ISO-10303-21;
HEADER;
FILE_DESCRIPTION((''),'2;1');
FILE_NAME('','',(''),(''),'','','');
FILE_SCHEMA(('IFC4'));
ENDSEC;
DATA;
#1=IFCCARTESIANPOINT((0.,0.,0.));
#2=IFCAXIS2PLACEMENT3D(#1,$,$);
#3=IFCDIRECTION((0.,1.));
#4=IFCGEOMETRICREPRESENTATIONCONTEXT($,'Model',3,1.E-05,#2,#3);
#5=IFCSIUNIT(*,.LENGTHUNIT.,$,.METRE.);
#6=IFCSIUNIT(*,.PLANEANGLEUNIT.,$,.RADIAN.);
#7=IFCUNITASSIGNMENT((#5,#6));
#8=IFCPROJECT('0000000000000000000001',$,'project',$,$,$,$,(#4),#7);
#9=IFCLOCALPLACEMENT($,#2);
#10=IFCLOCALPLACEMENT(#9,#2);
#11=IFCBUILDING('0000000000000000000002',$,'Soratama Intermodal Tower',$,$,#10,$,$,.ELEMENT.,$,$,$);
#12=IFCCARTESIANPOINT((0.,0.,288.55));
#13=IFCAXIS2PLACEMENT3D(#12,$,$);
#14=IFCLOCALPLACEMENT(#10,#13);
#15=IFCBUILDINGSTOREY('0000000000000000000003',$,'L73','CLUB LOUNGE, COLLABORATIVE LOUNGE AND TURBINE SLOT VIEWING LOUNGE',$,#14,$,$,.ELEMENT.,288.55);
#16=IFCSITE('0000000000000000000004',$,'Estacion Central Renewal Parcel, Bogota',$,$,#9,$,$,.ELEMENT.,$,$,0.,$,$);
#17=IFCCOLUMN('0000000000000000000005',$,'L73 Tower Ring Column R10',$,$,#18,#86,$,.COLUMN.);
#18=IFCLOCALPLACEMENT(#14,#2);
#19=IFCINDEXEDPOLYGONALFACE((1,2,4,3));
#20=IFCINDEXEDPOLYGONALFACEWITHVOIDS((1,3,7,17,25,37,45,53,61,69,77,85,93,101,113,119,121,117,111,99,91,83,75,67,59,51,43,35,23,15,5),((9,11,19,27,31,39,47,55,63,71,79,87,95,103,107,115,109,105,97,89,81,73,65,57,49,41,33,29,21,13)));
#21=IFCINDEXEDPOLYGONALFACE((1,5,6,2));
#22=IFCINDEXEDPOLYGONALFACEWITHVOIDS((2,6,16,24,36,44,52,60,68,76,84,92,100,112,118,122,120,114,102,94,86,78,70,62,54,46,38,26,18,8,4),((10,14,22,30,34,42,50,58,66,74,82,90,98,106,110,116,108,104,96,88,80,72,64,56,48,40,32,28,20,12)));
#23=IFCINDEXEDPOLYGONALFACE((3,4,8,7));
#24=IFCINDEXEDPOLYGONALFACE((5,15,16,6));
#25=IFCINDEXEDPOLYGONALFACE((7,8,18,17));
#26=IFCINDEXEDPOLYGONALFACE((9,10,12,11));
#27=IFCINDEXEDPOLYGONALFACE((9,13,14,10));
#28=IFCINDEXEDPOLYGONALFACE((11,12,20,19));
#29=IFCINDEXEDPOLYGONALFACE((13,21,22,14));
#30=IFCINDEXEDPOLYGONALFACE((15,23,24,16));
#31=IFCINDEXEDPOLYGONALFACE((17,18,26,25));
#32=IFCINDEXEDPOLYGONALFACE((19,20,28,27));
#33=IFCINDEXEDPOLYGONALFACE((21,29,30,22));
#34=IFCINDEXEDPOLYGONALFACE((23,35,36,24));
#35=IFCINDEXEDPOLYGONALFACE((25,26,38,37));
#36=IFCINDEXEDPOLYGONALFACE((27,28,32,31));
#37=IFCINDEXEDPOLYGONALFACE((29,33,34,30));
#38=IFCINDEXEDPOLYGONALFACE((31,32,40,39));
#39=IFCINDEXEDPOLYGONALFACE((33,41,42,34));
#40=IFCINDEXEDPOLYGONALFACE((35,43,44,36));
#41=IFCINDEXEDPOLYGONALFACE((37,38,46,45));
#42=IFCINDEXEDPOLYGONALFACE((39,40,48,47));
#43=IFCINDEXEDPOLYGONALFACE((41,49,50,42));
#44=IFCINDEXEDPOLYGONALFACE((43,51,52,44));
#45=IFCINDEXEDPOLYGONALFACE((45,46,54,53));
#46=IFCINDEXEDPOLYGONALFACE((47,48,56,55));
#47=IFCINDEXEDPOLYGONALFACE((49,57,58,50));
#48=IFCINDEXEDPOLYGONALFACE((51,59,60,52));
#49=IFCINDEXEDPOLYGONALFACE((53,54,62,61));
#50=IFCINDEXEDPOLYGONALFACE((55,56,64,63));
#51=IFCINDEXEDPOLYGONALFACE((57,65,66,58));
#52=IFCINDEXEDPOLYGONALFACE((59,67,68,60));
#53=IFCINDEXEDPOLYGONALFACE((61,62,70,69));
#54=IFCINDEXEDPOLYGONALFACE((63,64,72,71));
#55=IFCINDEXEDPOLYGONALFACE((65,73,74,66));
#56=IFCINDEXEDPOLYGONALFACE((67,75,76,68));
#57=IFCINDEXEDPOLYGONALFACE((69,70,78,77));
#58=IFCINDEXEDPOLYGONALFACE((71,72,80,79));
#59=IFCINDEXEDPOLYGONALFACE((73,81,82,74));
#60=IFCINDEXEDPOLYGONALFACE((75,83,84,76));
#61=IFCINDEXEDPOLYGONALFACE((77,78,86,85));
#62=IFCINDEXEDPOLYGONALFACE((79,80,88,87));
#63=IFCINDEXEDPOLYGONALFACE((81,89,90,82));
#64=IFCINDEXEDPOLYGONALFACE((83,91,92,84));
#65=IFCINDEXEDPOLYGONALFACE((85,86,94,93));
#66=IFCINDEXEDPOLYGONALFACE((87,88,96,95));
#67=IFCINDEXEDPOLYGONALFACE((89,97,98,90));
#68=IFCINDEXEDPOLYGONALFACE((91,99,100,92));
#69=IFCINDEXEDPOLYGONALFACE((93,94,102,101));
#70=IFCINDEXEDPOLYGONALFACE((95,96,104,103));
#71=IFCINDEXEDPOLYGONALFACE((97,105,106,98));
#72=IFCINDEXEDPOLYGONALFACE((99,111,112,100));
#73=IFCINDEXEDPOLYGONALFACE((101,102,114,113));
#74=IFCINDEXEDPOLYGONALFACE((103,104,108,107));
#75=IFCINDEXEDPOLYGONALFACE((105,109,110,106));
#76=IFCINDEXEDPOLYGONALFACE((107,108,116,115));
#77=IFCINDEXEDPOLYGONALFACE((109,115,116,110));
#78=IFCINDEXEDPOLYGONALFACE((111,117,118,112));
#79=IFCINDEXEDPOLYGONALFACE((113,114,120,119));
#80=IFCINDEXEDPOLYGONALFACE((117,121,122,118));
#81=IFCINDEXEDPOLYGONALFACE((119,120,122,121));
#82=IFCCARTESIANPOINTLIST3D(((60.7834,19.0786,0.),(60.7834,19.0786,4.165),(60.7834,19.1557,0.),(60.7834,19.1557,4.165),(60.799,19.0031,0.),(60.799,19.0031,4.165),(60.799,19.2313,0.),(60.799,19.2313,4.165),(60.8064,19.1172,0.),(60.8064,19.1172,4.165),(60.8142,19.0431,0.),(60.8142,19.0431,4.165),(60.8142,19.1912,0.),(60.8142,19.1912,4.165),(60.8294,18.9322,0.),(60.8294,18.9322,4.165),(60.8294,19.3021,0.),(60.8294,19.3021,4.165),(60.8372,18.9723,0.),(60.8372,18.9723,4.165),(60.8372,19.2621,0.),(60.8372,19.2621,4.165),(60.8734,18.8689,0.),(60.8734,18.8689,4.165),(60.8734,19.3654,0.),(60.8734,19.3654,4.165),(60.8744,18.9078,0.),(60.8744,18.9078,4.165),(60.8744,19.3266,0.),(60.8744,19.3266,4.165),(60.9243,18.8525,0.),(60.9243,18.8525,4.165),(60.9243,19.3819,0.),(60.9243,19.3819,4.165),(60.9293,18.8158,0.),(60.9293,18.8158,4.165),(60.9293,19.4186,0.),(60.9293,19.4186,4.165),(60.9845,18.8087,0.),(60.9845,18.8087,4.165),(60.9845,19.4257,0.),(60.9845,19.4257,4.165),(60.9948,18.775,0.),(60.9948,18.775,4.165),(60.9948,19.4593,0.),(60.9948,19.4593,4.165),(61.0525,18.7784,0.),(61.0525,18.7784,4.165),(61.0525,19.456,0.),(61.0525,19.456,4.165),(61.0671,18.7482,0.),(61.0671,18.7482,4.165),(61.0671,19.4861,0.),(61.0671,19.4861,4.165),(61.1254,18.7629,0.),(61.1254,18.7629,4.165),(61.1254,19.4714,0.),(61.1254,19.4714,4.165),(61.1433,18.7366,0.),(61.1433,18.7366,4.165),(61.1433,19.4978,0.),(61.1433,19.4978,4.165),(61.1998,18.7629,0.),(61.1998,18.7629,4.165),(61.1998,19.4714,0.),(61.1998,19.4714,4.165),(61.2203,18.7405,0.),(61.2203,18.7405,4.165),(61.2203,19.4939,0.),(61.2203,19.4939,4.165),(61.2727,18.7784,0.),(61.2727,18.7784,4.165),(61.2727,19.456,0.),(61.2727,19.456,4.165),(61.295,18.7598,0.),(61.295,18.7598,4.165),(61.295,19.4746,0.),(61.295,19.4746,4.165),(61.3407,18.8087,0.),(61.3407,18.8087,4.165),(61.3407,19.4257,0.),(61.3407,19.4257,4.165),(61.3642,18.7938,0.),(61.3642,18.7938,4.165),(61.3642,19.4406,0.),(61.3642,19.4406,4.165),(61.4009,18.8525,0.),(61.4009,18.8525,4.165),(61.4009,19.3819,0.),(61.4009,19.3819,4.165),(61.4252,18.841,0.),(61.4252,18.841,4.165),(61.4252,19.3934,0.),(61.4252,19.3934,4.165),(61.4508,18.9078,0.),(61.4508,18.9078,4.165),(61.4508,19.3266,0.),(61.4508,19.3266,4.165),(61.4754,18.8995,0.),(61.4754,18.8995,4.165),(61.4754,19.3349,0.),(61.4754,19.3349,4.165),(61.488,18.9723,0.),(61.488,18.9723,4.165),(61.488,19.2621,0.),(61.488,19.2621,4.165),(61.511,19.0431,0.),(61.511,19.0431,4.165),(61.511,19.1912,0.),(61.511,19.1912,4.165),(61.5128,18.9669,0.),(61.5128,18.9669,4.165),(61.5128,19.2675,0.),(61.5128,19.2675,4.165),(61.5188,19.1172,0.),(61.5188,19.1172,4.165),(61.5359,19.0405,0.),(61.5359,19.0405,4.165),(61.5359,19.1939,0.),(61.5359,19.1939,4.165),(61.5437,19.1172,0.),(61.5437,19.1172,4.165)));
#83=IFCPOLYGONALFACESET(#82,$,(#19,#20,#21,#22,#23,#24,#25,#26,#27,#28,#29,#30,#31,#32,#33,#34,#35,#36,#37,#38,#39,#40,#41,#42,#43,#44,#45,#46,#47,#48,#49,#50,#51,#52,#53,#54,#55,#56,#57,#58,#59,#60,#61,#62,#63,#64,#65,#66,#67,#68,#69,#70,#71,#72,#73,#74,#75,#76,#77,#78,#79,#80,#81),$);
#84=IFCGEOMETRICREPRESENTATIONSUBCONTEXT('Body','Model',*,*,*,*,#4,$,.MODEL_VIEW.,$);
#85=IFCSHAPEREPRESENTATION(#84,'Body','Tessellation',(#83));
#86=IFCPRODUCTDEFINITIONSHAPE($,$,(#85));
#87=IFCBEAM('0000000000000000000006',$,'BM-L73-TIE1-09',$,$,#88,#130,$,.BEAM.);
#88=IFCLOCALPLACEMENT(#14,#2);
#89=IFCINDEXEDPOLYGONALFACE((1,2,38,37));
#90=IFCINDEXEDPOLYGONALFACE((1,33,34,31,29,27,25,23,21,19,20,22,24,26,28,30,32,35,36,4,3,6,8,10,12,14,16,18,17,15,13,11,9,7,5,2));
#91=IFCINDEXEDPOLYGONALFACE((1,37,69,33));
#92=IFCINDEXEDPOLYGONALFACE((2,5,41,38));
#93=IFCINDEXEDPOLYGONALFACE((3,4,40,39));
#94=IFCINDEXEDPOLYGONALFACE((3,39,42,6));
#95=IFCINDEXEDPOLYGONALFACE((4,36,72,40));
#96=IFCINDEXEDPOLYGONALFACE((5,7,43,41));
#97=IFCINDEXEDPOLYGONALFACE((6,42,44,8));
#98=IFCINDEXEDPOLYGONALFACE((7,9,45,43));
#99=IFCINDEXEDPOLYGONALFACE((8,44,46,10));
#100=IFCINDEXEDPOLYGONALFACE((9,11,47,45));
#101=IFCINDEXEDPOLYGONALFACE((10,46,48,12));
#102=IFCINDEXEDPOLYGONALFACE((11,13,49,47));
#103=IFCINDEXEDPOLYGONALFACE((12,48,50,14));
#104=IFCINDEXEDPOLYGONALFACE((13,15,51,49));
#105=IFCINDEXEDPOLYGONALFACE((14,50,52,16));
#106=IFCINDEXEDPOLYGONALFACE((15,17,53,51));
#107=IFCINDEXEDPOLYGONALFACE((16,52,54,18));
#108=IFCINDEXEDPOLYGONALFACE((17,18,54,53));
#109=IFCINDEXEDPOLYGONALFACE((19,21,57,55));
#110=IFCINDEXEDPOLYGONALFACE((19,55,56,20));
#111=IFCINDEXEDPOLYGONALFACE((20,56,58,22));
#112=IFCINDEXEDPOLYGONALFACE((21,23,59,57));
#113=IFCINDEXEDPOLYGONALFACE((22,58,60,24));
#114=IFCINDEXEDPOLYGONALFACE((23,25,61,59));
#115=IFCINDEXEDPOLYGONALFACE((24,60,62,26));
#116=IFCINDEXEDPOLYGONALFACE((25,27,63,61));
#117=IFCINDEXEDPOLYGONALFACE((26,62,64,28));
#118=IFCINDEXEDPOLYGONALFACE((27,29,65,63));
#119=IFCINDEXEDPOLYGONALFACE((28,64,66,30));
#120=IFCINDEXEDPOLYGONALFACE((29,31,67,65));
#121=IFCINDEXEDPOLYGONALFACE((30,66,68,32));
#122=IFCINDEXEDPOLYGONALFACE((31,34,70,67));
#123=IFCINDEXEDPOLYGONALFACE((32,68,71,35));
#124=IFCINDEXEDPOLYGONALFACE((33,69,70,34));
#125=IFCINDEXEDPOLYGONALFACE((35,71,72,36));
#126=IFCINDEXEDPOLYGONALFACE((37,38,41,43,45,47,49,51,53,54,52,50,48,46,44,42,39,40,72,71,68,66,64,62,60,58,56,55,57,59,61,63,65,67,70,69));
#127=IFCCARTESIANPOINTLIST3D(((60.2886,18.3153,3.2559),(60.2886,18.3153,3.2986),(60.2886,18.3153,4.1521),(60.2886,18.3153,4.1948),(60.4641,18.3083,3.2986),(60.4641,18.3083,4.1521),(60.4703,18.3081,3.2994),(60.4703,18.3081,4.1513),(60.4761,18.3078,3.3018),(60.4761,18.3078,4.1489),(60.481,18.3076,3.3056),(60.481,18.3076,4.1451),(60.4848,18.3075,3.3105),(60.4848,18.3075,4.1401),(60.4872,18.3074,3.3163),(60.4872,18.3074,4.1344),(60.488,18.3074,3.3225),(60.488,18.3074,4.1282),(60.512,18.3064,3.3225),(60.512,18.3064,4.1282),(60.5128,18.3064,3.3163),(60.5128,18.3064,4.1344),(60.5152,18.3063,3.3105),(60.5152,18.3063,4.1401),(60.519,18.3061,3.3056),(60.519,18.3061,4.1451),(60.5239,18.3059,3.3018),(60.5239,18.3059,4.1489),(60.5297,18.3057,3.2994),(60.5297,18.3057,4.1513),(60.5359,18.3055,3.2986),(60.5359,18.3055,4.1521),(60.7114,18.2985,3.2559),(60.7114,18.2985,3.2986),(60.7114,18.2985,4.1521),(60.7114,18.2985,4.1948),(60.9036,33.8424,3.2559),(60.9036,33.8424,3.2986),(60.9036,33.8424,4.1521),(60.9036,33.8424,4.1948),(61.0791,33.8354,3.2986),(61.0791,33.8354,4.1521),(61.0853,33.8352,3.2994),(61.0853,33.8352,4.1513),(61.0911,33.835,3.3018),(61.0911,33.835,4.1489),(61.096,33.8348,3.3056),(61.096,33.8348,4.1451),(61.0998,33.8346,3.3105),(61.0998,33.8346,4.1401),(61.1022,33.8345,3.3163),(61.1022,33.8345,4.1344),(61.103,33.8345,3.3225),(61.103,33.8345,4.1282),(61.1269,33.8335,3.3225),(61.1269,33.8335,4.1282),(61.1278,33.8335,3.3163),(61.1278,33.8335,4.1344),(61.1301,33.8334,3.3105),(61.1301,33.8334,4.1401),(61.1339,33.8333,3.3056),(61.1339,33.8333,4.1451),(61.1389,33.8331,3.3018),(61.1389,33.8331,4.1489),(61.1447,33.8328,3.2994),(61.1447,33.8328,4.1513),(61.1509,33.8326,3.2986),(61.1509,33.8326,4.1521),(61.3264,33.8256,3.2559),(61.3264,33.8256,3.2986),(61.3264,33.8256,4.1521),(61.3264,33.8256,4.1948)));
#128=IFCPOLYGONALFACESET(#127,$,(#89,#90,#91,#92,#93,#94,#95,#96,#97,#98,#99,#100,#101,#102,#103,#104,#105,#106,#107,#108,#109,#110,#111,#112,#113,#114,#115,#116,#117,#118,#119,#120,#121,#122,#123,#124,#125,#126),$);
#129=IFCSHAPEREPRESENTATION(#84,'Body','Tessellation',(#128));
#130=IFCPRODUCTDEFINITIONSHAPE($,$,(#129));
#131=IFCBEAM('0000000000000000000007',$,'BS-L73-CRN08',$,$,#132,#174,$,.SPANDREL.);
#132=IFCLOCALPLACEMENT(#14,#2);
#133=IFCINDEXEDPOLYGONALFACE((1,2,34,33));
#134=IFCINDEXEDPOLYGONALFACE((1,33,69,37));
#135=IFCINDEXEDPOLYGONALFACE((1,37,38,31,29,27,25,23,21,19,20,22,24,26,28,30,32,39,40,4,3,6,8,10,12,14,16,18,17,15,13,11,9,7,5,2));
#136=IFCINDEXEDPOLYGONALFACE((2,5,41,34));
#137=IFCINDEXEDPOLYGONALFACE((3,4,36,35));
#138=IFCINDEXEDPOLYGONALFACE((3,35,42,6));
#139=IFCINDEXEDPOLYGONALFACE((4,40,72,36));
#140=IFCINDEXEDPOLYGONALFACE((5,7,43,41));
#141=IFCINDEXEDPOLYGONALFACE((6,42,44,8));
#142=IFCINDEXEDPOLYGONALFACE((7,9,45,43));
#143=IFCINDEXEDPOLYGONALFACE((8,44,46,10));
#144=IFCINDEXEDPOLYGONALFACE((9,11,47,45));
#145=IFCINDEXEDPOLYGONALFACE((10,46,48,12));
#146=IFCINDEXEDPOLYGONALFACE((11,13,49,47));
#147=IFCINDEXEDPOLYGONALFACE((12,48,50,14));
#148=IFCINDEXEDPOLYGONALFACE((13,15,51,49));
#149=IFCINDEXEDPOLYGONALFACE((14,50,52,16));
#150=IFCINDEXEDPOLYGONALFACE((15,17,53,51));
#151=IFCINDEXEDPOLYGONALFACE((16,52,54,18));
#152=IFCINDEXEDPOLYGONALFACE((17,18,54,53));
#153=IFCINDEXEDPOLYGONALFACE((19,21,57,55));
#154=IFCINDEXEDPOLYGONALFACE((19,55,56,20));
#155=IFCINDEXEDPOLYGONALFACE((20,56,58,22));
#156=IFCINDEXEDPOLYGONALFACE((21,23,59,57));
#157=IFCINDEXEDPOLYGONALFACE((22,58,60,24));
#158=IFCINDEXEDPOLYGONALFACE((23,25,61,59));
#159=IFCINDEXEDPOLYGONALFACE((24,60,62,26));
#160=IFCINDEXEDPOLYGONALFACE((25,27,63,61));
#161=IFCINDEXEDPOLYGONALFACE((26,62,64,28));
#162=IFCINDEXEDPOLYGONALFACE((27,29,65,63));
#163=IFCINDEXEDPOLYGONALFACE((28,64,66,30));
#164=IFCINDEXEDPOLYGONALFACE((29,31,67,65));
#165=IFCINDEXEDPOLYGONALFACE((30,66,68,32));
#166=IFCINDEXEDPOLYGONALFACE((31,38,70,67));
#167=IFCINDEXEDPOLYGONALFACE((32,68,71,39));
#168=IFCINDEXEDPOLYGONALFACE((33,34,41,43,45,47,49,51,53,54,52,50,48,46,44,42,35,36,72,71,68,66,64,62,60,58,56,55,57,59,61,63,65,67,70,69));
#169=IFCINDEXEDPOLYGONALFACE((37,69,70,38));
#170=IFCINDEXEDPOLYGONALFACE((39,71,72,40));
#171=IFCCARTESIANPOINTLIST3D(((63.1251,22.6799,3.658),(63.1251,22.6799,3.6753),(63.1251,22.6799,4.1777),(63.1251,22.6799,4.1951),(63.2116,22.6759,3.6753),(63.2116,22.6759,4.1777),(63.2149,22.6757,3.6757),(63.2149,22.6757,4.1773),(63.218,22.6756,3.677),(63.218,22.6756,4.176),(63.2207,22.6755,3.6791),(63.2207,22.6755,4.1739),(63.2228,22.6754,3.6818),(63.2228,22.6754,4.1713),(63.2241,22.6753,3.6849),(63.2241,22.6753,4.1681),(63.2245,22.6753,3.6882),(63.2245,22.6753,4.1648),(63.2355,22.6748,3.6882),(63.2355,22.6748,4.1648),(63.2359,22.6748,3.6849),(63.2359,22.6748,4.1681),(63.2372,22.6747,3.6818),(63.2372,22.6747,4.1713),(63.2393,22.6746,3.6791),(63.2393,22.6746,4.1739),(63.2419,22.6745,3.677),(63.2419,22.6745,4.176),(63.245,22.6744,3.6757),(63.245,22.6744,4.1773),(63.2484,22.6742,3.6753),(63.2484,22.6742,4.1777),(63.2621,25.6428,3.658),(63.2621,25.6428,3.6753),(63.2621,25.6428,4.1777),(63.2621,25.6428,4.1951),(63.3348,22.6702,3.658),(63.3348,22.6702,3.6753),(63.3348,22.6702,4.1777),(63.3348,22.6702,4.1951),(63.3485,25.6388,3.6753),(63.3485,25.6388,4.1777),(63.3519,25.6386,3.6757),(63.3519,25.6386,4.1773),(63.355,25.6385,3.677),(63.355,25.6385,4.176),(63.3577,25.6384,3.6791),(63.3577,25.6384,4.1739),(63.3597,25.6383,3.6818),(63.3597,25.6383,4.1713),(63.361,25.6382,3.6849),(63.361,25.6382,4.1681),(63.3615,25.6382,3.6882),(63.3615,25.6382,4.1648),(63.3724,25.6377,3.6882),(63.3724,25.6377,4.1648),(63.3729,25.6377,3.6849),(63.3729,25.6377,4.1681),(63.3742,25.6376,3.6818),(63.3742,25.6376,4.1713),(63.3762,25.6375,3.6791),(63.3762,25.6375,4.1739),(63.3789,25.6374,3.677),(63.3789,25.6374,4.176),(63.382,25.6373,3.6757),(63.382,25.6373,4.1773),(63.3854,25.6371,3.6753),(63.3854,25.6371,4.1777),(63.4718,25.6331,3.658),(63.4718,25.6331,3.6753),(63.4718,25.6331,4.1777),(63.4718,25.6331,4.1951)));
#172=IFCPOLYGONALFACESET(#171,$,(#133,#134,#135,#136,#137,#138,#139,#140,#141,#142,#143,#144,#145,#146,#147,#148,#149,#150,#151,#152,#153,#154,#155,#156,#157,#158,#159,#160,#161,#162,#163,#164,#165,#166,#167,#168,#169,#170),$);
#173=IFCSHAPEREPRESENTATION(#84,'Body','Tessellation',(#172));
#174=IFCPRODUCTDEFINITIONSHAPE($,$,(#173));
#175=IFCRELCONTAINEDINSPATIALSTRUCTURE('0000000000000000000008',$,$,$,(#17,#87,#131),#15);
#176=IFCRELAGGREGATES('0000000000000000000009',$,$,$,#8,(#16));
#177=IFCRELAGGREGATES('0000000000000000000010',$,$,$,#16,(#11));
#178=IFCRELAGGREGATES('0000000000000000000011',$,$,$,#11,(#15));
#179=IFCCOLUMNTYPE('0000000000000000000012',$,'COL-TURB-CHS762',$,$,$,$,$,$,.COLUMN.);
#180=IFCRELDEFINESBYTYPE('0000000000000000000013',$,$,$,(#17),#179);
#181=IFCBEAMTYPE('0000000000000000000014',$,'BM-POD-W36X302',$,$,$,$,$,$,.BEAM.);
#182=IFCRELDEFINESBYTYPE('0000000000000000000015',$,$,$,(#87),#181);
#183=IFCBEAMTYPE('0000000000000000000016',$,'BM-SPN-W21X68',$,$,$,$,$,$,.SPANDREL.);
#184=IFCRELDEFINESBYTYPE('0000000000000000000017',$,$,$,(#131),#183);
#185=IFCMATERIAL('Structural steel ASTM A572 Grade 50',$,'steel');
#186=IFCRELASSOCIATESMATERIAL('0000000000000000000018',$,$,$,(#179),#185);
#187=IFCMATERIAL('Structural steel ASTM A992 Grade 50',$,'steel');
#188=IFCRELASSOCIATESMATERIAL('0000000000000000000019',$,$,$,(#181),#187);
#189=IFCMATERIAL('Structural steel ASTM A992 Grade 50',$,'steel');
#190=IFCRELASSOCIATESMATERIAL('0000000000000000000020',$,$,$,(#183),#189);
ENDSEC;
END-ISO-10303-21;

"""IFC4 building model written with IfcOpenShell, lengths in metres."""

from ifc_helpers import new_model, si_unit, direction, frame, origin, origin_2d, place, context, subcontext, project, spatial, hollow_circle, i_section, extrude, material, material_profile, profile_set, type_object, element, save


model = new_model("IFC4")

# Units and contexts
model_context = context("Model", 3, precision=1e-05, world=origin(), true_north=direction((0.0, 1.0)))
body_context = subcontext(model_context, "Body", "Model", "MODEL_VIEW")
ifc_project = project(units=[si_unit("LENGTHUNIT", "METRE"), si_unit("PLANEANGLEUNIT", "RADIAN")], contexts=[model_context])

# Site, building, storey
site_placement = place(None, origin())
site = spatial("IfcSite", under=ifc_project, at=site_placement, Name="Estacion Central Renewal Parcel, Bogota", CompositionType="ELEMENT", RefElevation=0.0)
building_placement = place(site_placement, origin())
building = spatial("IfcBuilding", under=site, at=building_placement, Name="Soratama Intermodal Tower", CompositionType="ELEMENT")
storey_placement = place(building_placement, frame((0.0, 0.0, 288.55)))
storey = spatial("IfcBuildingStorey", under=building, at=storey_placement, Name="L73", Description="CLUB LOUNGE, COLLABORATIVE LOUNGE AND TURBINE SLOT VIEWING LOUNGE", CompositionType="ELEMENT", Elevation=288.55)

# Column
ifc_material_1 = material(Name="Structural steel ASTM A572 Grade 50", Category="steel")
ifc_material_profile_1 = material_profile(ifc_material_1, hollow_circle(Radius=0.3811, WallThickness=0.0249, at=origin_2d()), Name="CHS762X25")
ifc_profile_set_1 = profile_set([ifc_material_profile_1], Name="Structural steel ASTM A572 Grade 50")
column_type = type_object("IfcColumnType", Name="COL-TURB-CHS762", PredefinedType="COLUMN", material=ifc_profile_set_1)
column_placement = place(storey_placement, frame((61.1626, 19.1172, 0.0), z_axis=(0.0, 0.0, 1.0), x_axis=(1.0, 0.0, 0.0)))
element("IfcColumn", 1, at=column_placement, inside=storey, type_object=column_type, Name="L73 Tower Ring Column R10", PredefinedType="COLUMN", context=body_context, shape_type="SweptSolid", body=[
    extrude(hollow_circle(Radius=0.3811, WallThickness=0.0249, at=origin_2d()), origin(), (0.0, 0.0, 1.0), 4.165),
])

# Beams
ifc_material_2 = material(Name="Structural steel ASTM A992 Grade 50", Category="steel")
ifc_material_profile_2 = material_profile(ifc_material_2, i_section(OverallWidth=0.4231, OverallDepth=0.939, WebThickness=0.0239, FlangeThickness=0.0427, FilletRadius=0.0239, at=origin_2d()), Name="W36X302")
ifc_profile_set_2 = profile_set([ifc_material_profile_2], Name="Structural steel ASTM A992 Grade 50")
beam_type_1 = type_object("IfcBeamType", Name="BM-POD-W36X302", PredefinedType="BEAM", material=ifc_profile_set_2)
beam_1_placement = place(storey_placement, frame((60.5, 18.3069, 3.7253), z_axis=(0.039577, 0.999217, 0.0), x_axis=(-0.999217, 0.039577, 0.0)))
element("IfcBeam", 2, at=beam_1_placement, inside=storey, type_object=beam_type_1, Name="BM-L73-TIE1-09", PredefinedType="BEAM", context=body_context, shape_type="SweptSolid", body=[
    extrude(i_section(OverallWidth=0.4231, OverallDepth=0.939, WebThickness=0.0239, FlangeThickness=0.0427, FilletRadius=0.0239, at=origin_2d()), origin(), (0.0, 0.0, 1.0), 15.5393),
])
ifc_material_3 = material(Name="Structural steel ASTM A992 Grade 50", Category="steel")
ifc_material_profile_3 = material_profile(ifc_material_3, i_section(OverallWidth=0.21, OverallDepth=0.5371, WebThickness=0.011, FlangeThickness=0.0173, FilletRadius=0.0129, at=origin_2d()), Name="W21X68")
ifc_profile_set_3 = profile_set([ifc_material_profile_3], Name="Structural steel ASTM A992 Grade 50")
beam_type_2 = type_object("IfcBeamType", Name="BM-SPN-W21X68", PredefinedType="SPANDREL", material=ifc_profile_set_3)
beam_2_placement = place(storey_placement, frame((63.23, 22.675, 3.9265), z_axis=(0.046177, 0.998933, 0.0), x_axis=(-0.998933, 0.046177, 0.0)))
element("IfcBeam", 3, at=beam_2_placement, inside=storey, type_object=beam_type_2, Name="BS-L73-CRN08", PredefinedType="SPANDREL", context=body_context, shape_type="SweptSolid", body=[
    extrude(i_section(OverallWidth=0.21, OverallDepth=0.5371, WebThickness=0.011, FlangeThickness=0.0173, FilletRadius=0.0129, at=origin_2d()), origin(), (0.0, 0.0, 1.0), 2.9661),
])

save(model, "model.ifc")
